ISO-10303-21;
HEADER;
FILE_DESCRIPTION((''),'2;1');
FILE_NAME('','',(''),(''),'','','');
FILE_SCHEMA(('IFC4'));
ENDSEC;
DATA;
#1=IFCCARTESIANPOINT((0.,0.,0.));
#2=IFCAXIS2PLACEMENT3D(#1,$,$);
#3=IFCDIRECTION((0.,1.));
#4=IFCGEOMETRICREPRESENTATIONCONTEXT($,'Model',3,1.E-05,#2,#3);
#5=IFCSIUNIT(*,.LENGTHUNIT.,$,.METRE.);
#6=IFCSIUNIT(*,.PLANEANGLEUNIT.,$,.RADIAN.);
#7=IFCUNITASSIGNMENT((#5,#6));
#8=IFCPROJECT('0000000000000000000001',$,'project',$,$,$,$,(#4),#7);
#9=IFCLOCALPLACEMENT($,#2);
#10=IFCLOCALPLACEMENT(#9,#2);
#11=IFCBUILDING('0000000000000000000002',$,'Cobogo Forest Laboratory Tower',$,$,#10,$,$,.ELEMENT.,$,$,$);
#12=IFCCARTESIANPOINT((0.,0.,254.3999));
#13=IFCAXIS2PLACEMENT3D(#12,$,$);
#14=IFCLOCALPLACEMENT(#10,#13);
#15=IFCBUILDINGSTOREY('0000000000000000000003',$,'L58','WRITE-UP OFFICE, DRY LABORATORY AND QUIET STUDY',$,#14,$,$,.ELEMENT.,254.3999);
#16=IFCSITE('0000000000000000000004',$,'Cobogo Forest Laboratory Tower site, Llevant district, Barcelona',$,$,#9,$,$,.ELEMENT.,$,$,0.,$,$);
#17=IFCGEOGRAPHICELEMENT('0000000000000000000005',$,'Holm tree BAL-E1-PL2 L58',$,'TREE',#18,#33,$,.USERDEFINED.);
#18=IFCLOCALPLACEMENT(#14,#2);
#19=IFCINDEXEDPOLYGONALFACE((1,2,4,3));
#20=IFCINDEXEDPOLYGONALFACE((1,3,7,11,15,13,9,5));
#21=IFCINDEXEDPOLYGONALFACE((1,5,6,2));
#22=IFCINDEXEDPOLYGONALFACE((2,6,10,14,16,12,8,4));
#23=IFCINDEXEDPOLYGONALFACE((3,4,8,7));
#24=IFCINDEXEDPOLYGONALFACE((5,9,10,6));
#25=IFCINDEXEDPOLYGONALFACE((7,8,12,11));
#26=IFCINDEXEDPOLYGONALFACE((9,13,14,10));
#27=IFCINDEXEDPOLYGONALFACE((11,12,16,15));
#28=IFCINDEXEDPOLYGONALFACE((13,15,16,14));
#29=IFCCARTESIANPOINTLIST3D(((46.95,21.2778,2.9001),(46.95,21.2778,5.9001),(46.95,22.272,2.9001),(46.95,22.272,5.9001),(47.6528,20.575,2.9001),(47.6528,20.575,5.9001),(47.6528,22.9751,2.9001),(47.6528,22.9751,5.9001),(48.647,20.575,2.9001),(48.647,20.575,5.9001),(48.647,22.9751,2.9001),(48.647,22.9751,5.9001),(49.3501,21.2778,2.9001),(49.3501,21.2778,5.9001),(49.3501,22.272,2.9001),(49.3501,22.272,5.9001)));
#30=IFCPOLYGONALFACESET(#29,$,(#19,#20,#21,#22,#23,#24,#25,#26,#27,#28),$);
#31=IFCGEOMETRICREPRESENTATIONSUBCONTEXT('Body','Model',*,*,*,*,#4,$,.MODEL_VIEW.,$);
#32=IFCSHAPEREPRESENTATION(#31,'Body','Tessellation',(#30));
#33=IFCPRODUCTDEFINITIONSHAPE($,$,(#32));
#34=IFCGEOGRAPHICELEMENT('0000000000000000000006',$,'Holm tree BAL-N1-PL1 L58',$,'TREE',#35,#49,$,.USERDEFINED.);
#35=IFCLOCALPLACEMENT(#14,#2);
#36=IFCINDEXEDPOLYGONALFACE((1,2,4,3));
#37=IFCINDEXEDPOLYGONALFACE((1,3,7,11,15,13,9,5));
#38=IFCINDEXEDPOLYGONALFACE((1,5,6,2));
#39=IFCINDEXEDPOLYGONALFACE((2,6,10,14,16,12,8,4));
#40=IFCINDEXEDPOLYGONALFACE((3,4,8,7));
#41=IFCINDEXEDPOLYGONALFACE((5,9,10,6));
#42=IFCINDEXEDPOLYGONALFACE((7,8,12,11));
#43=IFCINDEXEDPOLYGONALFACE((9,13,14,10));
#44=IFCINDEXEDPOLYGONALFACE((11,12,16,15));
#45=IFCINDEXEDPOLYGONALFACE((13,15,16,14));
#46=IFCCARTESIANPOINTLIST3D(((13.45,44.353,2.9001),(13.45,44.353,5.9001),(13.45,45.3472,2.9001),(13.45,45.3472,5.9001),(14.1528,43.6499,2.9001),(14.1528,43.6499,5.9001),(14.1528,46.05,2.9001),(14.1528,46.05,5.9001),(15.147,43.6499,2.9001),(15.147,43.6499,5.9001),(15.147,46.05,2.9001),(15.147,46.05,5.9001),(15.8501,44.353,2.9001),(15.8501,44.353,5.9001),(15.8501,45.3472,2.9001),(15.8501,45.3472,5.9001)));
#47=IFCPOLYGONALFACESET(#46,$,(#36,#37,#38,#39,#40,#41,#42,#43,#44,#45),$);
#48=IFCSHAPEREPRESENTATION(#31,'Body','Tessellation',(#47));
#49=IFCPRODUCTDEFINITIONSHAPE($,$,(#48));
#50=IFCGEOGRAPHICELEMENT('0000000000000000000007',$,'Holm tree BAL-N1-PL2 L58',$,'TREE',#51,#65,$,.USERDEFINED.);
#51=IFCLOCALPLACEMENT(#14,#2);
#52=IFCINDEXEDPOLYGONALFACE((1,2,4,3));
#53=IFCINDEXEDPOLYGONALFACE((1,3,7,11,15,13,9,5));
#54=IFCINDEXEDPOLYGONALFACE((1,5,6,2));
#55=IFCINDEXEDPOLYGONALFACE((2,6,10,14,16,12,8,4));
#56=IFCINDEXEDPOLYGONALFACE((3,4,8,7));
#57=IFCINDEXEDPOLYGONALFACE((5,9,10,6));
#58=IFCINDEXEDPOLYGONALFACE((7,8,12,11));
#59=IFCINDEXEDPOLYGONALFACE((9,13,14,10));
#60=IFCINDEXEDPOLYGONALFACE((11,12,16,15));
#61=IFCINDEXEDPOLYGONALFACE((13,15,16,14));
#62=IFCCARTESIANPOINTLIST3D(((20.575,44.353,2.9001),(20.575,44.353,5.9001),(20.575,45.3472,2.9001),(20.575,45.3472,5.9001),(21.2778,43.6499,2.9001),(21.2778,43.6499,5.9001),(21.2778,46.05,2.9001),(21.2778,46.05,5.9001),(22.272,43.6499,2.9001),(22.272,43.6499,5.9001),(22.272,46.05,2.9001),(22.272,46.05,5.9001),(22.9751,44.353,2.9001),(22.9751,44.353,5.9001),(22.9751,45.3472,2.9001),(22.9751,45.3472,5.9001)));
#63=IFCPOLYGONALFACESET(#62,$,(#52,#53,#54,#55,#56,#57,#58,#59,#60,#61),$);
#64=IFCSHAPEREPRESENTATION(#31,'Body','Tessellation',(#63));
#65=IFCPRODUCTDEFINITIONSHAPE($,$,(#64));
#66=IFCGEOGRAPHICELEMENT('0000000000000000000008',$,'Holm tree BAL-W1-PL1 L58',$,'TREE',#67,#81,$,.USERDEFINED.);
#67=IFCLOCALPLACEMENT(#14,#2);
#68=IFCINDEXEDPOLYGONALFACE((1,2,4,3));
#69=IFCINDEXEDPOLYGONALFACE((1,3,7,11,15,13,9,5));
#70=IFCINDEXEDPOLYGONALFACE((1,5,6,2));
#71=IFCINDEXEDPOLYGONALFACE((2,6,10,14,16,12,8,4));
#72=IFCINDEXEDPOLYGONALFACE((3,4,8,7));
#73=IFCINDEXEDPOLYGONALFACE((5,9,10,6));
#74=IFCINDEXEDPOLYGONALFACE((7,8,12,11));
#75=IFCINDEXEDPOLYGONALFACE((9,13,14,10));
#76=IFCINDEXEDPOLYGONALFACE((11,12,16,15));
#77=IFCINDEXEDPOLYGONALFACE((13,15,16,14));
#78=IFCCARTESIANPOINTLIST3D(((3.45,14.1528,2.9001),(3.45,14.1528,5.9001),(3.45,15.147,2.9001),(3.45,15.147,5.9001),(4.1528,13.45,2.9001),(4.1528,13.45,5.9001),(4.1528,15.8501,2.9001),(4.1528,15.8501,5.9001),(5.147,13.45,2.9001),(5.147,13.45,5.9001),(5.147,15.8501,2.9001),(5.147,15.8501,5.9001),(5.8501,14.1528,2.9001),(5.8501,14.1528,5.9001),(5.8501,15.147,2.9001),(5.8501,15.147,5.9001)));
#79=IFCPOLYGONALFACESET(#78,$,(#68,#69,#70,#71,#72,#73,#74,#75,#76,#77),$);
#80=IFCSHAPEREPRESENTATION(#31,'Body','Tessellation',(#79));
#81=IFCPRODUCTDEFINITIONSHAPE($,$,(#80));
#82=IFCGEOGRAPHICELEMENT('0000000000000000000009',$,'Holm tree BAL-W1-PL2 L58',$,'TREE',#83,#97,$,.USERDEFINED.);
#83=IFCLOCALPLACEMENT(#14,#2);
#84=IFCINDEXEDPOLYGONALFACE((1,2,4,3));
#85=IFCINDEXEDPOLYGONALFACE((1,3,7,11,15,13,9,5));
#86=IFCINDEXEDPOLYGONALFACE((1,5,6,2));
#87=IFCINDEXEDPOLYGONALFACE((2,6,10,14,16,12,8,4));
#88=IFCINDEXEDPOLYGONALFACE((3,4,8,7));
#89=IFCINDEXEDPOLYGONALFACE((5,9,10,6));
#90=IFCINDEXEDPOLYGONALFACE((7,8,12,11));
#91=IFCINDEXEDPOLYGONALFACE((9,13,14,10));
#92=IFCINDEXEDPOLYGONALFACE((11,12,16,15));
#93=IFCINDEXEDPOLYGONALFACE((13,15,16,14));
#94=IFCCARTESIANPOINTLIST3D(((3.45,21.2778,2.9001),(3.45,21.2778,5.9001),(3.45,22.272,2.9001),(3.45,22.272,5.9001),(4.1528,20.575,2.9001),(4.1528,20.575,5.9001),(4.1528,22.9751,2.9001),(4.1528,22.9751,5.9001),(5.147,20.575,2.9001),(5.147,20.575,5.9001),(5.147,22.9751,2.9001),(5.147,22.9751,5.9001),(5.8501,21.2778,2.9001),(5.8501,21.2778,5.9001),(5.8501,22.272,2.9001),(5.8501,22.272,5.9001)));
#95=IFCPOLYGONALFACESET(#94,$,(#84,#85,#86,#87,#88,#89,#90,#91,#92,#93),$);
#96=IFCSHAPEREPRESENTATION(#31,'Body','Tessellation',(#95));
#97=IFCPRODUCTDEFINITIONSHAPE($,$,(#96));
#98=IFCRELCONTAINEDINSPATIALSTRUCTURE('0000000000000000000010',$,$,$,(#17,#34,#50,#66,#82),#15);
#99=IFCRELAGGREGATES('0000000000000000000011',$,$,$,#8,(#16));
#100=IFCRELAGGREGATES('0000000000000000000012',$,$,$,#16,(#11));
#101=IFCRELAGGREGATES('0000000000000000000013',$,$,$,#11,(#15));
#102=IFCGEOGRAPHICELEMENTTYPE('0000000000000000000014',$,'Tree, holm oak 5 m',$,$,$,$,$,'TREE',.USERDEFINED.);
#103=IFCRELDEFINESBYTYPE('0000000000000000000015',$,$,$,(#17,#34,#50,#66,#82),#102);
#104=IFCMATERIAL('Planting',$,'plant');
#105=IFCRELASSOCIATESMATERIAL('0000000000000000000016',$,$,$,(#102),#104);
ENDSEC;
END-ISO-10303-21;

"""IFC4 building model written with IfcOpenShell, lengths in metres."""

from ifc_helpers import new_model, si_unit, direction, frame, origin, place, context, subcontext, project, spatial, polyline, outline, extrude, material, type_object, element, save


model = new_model("IFC4")

# Units and contexts
model_context = context("Model", 3, precision=1e-05, world=origin(), true_north=direction((0.0, 1.0)))
body_context = subcontext(model_context, "Body", "Model", "MODEL_VIEW")
ifc_project = project(units=[si_unit("LENGTHUNIT", "METRE"), si_unit("PLANEANGLEUNIT", "RADIAN")], contexts=[model_context])

# Site, building, storey
site_placement = place(None, origin())
site = spatial("IfcSite", under=ifc_project, at=site_placement, Name="Cobogo Forest Laboratory Tower site, Llevant district, Barcelona", CompositionType="ELEMENT", RefElevation=0.0)
building_placement = place(site_placement, origin())
building = spatial("IfcBuilding", under=site, at=building_placement, Name="Cobogo Forest Laboratory Tower", CompositionType="ELEMENT")
storey_placement = place(building_placement, frame((0.0, 0.0, 254.3999)))
storey = spatial("IfcBuildingStorey", under=building, at=storey_placement, Name="L58", Description="WRITE-UP OFFICE, DRY LABORATORY AND QUIET STUDY", CompositionType="ELEMENT", Elevation=254.3999)

# Geographic elements
ifc_material_1 = material(Name="Planting", Category="plant")
geographic_element_type = type_object("IfcGeographicElementType", Name="Tree, holm oak 5 m", ElementType="TREE", PredefinedType="USERDEFINED", material=ifc_material_1)
geographic_element_1_placement = place(storey_placement, frame((0.0, 0.0, 2.9001)))
element("IfcGeographicElement", 1, at=geographic_element_1_placement, inside=storey, type_object=geographic_element_type, Name="Holm tree BAL-E1-PL2 L58", ObjectType="TREE", PredefinedType="USERDEFINED", context=body_context, shape_type="SweptSolid", body=[
    extrude(outline(polyline([(49.3501, 21.2778), (49.3501, 22.272), (48.647, 22.9751), (47.6528, 22.9751), (46.95, 22.272), (46.95, 21.2778), (47.6528, 20.575), (48.647, 20.575), (49.3501, 21.2778)])), origin(), (0.0, 0.0, 1.0), 3.0),
])
geographic_element_2_placement = place(storey_placement, frame((0.0, 0.0, 2.9001)))
element("IfcGeographicElement", 2, at=geographic_element_2_placement, inside=storey, type_object=geographic_element_type, Name="Holm tree BAL-N1-PL1 L58", ObjectType="TREE", PredefinedType="USERDEFINED", context=body_context, shape_type="SweptSolid", body=[
    extrude(outline(polyline([(15.8501, 44.353), (15.8501, 45.3472), (15.147, 46.05), (14.1528, 46.05), (13.45, 45.3472), (13.45, 44.353), (14.1528, 43.6499), (15.147, 43.6499), (15.8501, 44.353)])), origin(), (0.0, 0.0, 1.0), 3.0),
])
geographic_element_3_placement = place(storey_placement, frame((0.0, 0.0, 2.9001)))
element("IfcGeographicElement", 3, at=geographic_element_3_placement, inside=storey, type_object=geographic_element_type, Name="Holm tree BAL-N1-PL2 L58", ObjectType="TREE", PredefinedType="USERDEFINED", context=body_context, shape_type="SweptSolid", body=[
    extrude(outline(polyline([(22.9751, 44.353), (22.9751, 45.3472), (22.272, 46.05), (21.2778, 46.05), (20.575, 45.3472), (20.575, 44.353), (21.2778, 43.6499), (22.272, 43.6499), (22.9751, 44.353)])), origin(), (0.0, 0.0, 1.0), 3.0),
])
geographic_element_4_placement = place(storey_placement, frame((0.0, 0.0, 2.9001)))
element("IfcGeographicElement", 4, at=geographic_element_4_placement, inside=storey, type_object=geographic_element_type, Name="Holm tree BAL-W1-PL1 L58", ObjectType="TREE", PredefinedType="USERDEFINED", context=body_context, shape_type="SweptSolid", body=[
    extrude(outline(polyline([(5.8501, 14.1528), (5.8501, 15.147), (5.147, 15.8501), (4.1528, 15.8501), (3.45, 15.147), (3.45, 14.1528), (4.1528, 13.45), (5.147, 13.45), (5.8501, 14.1528)])), origin(), (0.0, 0.0, 1.0), 3.0),
])
geographic_element_5_placement = place(storey_placement, frame((0.0, 0.0, 2.9001)))
element("IfcGeographicElement", 5, at=geographic_element_5_placement, inside=storey, type_object=geographic_element_type, Name="Holm tree BAL-W1-PL2 L58", ObjectType="TREE", PredefinedType="USERDEFINED", context=body_context, shape_type="SweptSolid", body=[
    extrude(outline(polyline([(5.8501, 21.2778), (5.8501, 22.272), (5.147, 22.9751), (4.1528, 22.9751), (3.45, 22.272), (3.45, 21.2778), (4.1528, 20.575), (5.147, 20.575), (5.8501, 21.2778)])), origin(), (0.0, 0.0, 1.0), 3.0),
])

save(model, "model.ifc")
